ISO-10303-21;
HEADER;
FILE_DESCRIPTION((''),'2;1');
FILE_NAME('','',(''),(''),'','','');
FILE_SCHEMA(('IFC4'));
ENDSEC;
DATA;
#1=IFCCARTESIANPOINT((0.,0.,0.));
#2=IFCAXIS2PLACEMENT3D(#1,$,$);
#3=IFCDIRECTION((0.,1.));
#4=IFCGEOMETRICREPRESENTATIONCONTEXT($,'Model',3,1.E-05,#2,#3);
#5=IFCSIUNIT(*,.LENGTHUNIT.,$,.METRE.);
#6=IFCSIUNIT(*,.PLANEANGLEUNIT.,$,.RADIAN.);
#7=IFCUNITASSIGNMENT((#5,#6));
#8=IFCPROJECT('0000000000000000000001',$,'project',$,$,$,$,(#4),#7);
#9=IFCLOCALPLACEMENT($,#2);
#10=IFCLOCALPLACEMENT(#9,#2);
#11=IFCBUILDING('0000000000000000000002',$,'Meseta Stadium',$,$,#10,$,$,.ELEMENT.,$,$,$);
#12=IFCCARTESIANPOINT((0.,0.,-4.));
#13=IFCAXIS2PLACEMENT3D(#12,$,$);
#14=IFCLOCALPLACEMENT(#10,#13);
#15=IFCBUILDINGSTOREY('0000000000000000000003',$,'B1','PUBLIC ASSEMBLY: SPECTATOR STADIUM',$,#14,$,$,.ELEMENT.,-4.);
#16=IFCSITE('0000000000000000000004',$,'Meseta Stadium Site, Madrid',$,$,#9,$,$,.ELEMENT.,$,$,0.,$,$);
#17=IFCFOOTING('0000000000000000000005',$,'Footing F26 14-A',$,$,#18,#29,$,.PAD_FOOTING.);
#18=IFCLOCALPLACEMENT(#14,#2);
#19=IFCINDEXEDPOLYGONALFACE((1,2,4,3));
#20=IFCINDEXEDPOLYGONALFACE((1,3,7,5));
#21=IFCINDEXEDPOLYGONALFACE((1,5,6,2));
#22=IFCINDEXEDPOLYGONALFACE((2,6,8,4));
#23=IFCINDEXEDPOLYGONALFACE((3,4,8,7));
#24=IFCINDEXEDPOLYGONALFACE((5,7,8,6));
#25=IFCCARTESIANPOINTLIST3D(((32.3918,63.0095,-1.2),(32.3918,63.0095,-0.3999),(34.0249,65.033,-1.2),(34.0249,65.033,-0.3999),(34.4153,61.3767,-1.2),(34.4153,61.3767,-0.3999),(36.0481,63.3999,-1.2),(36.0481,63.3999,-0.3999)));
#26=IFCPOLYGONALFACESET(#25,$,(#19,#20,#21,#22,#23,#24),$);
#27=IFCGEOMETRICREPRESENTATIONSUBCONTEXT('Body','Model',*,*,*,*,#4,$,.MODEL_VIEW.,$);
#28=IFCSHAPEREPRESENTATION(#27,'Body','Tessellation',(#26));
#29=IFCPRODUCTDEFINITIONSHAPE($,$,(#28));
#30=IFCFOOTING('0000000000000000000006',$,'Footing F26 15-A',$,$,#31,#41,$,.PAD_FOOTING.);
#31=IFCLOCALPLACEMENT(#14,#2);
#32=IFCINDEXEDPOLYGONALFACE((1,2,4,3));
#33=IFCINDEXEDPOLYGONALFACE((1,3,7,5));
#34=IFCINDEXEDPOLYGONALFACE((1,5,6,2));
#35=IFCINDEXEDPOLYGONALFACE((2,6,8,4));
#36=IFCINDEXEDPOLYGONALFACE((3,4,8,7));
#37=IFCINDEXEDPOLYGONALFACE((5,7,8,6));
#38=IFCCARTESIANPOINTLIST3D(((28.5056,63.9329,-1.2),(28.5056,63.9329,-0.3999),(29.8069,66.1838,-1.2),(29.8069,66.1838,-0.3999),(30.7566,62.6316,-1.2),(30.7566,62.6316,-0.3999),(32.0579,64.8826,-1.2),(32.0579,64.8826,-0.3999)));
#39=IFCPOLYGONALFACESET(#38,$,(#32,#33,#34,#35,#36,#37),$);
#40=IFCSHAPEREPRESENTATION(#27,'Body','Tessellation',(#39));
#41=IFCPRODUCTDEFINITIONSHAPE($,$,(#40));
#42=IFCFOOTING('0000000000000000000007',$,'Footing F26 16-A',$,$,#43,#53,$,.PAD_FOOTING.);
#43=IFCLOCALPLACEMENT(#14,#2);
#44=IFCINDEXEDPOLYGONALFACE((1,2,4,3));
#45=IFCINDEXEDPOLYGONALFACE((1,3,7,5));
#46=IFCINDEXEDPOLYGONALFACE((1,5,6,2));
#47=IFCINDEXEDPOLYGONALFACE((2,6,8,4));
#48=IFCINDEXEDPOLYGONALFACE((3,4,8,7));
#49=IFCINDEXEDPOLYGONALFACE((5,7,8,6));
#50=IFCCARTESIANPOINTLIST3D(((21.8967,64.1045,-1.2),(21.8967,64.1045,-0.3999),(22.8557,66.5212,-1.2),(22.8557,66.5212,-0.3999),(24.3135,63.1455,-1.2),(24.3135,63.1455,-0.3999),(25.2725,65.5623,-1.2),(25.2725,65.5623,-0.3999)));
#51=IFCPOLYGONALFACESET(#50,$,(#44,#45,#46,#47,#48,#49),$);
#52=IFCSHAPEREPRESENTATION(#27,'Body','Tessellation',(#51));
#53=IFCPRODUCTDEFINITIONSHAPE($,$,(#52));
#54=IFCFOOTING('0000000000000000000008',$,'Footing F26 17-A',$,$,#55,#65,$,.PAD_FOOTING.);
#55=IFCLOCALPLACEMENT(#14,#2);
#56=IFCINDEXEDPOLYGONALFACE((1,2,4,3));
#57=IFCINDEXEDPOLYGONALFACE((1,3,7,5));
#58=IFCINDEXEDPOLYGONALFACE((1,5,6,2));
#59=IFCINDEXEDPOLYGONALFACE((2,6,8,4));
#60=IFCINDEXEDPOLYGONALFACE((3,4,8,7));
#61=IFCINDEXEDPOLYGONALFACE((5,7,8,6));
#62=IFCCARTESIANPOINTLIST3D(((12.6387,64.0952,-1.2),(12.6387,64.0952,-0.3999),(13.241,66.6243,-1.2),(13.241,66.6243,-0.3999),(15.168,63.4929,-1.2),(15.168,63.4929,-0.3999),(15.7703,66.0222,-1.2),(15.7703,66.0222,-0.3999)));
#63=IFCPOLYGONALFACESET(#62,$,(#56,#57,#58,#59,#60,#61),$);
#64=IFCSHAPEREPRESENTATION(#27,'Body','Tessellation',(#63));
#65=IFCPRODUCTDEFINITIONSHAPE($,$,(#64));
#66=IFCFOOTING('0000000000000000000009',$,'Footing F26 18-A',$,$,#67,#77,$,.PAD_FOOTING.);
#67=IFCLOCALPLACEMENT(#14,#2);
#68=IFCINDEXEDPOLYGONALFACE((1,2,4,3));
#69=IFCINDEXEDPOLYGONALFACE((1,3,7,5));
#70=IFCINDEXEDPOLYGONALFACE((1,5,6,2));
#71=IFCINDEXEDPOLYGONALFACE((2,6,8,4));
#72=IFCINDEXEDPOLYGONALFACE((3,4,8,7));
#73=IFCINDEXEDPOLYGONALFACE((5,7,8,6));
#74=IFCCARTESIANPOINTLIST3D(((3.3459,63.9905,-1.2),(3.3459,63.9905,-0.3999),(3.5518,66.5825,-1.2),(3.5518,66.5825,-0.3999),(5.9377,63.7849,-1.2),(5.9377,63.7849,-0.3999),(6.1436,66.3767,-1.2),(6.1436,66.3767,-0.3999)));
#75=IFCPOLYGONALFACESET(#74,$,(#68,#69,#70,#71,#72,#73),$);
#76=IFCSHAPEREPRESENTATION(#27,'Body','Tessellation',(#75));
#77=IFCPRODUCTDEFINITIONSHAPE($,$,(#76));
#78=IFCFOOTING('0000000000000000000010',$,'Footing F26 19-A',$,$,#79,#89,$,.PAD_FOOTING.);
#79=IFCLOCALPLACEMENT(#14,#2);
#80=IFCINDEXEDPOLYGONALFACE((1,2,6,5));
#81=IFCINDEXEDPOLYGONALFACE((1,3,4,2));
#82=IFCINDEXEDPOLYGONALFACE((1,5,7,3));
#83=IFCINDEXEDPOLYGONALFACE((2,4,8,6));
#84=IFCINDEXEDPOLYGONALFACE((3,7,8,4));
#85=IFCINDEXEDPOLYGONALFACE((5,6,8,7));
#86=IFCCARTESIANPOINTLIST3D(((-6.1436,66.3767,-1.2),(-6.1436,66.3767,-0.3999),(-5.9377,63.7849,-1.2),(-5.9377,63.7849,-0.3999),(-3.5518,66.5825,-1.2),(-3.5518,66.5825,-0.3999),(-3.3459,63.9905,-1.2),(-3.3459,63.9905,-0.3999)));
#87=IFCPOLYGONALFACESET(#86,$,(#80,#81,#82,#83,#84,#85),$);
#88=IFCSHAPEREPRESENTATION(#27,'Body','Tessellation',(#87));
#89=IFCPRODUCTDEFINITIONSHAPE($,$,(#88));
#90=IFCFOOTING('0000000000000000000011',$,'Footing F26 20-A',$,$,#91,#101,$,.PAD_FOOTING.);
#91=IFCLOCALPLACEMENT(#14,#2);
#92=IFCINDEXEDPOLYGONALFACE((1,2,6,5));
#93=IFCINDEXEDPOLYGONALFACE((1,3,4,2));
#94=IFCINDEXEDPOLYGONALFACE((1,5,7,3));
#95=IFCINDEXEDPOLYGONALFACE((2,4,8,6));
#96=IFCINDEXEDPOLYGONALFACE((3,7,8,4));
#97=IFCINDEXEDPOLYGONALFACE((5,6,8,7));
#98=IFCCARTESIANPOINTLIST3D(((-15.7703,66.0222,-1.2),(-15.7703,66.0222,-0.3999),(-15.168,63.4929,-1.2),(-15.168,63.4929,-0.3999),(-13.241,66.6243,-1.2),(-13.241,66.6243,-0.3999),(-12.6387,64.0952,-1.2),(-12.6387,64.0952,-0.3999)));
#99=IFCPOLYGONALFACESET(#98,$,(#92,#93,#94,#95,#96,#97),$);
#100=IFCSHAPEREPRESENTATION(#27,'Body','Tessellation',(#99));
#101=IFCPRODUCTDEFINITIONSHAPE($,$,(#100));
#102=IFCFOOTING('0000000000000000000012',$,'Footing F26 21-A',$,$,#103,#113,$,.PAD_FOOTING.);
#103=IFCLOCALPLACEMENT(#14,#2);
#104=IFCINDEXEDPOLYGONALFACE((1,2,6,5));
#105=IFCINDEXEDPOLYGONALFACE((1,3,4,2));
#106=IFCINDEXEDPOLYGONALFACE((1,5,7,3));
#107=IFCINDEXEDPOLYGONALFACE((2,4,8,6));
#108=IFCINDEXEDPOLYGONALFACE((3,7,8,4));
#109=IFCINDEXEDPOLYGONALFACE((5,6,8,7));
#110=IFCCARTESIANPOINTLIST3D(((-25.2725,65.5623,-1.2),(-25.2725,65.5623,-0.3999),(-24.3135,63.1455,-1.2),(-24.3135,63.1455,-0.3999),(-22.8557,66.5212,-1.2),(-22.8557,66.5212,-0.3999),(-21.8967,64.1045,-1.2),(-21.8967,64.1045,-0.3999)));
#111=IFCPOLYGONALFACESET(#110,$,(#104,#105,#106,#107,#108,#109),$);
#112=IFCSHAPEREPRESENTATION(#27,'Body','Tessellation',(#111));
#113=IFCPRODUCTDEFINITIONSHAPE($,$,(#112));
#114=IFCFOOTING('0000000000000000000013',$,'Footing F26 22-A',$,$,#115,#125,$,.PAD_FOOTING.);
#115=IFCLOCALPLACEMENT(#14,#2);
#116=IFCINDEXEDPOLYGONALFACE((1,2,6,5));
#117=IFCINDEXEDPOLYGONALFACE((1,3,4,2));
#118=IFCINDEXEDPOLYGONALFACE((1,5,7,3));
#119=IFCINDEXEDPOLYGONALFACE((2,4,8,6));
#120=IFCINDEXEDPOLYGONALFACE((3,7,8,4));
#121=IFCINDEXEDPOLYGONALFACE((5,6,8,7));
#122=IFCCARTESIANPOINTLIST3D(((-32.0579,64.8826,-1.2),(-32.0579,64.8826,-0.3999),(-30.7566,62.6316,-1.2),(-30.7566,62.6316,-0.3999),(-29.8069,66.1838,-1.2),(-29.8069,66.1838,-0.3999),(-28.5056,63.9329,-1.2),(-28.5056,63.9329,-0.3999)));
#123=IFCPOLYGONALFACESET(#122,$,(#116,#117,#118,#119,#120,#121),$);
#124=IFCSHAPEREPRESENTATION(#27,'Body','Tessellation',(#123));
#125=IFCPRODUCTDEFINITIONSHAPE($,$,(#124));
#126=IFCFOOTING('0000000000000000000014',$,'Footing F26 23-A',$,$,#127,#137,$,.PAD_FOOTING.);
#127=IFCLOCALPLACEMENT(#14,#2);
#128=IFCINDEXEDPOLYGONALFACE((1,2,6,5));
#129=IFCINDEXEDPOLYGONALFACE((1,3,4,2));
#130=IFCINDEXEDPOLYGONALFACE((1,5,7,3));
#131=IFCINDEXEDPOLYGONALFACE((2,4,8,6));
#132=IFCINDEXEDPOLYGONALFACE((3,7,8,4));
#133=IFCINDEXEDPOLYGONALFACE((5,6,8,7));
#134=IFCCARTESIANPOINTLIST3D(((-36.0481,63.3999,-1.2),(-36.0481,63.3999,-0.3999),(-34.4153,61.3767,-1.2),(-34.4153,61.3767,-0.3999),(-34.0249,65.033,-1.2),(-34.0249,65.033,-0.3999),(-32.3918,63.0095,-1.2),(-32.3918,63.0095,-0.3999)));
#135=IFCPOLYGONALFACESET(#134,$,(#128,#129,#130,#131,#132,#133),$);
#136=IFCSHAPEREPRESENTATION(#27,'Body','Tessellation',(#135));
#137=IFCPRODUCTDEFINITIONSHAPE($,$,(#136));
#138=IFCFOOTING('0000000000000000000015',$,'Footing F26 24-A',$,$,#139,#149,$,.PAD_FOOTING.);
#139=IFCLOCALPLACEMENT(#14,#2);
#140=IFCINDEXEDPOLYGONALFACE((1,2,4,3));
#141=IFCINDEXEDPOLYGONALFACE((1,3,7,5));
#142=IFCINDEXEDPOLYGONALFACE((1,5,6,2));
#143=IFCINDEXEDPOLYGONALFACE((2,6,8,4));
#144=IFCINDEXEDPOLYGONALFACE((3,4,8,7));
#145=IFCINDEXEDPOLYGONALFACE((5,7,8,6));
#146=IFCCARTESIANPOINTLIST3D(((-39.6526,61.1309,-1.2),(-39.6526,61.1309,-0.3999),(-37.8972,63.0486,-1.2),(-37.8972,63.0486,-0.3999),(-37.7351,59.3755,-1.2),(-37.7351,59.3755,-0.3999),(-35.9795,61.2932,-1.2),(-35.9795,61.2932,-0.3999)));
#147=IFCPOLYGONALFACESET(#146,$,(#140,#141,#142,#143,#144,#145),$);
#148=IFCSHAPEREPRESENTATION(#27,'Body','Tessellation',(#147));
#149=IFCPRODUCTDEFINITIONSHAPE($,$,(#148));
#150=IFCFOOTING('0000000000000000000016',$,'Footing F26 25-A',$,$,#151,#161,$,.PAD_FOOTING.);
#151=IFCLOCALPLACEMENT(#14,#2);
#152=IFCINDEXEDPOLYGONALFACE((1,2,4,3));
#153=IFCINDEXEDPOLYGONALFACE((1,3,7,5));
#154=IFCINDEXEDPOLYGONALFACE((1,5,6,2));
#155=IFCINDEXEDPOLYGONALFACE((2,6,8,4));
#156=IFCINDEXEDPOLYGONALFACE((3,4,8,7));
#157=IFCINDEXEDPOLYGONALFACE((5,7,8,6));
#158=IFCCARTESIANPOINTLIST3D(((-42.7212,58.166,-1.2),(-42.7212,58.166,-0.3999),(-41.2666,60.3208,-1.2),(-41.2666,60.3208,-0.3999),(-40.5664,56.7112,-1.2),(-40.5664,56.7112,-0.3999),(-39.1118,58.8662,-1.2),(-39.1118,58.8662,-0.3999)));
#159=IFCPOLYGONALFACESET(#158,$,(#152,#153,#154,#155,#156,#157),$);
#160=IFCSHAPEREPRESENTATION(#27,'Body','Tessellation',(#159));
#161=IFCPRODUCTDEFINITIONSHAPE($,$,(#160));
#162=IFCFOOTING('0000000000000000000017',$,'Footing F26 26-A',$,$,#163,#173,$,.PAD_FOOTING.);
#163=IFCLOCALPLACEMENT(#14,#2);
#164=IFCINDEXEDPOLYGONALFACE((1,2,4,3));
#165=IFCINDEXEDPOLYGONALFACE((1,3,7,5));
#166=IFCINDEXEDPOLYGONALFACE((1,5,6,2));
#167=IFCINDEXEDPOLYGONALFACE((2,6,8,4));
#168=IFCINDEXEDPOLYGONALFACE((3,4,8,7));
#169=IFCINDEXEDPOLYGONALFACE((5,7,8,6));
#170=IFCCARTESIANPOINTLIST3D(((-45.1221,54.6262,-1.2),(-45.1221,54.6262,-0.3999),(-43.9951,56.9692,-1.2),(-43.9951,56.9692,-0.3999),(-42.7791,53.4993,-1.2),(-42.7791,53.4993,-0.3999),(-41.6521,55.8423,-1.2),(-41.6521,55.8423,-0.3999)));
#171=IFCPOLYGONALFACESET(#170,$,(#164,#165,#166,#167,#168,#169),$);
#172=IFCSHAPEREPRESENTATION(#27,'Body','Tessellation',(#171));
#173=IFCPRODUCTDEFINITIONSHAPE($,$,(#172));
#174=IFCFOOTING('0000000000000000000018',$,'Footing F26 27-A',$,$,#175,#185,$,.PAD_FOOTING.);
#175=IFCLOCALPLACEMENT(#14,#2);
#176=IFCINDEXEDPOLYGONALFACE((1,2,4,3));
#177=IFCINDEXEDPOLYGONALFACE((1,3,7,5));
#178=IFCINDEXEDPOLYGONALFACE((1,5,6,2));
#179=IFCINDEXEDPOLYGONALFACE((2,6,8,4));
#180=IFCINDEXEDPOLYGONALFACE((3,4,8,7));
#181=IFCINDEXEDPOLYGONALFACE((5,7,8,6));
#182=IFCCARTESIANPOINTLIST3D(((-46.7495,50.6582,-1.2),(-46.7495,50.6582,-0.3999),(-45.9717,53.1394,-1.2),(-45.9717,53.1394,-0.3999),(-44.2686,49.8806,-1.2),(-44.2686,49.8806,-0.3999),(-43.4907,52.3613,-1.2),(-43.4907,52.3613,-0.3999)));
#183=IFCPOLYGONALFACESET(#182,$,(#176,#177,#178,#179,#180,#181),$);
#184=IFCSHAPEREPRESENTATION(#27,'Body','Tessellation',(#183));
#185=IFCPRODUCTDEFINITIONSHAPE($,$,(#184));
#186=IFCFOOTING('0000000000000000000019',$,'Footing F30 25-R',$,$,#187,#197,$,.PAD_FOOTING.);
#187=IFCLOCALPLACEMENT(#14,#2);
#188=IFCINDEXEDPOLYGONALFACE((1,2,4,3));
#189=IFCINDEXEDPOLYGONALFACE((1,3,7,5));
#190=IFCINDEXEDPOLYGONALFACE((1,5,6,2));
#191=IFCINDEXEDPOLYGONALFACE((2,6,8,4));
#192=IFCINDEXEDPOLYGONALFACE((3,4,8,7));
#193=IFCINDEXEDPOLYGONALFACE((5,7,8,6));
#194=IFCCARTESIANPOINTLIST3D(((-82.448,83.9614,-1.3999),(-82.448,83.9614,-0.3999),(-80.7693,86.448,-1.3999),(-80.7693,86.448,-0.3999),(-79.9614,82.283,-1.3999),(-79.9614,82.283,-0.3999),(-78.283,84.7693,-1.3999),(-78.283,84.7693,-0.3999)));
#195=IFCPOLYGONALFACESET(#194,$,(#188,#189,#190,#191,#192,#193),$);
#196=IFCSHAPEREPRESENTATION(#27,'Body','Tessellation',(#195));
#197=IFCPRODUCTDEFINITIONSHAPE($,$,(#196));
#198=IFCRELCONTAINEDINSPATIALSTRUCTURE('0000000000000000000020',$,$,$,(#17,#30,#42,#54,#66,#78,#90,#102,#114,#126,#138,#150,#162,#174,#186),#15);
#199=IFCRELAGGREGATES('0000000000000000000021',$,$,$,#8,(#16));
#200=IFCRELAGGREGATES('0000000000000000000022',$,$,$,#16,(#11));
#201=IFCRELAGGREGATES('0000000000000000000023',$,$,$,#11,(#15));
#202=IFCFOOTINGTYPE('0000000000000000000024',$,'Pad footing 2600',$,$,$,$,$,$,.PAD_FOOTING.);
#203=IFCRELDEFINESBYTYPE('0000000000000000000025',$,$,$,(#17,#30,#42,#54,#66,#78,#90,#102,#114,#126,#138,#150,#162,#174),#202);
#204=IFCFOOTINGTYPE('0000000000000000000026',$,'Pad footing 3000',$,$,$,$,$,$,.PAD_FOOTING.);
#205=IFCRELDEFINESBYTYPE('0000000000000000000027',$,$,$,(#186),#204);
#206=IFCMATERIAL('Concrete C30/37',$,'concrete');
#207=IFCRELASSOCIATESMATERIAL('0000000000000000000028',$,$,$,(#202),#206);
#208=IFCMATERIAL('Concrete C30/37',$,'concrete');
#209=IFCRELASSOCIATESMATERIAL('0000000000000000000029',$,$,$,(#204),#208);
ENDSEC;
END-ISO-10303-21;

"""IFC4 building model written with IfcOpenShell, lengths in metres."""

from ifc_helpers import new_model, si_unit, direction, frame, origin, place, context, subcontext, project, spatial, polyline, outline, extrude, material, type_object, element, save


model = new_model("IFC4")

# Units and contexts
model_context = context("Model", 3, precision=1e-05, world=origin(), true_north=direction((0.0, 1.0)))
body_context = subcontext(model_context, "Body", "Model", "MODEL_VIEW")
ifc_project = project(units=[si_unit("LENGTHUNIT", "METRE"), si_unit("PLANEANGLEUNIT", "RADIAN")], contexts=[model_context])

# Site, building, storey
site_placement = place(None, origin())
site = spatial("IfcSite", under=ifc_project, at=site_placement, Name="Meseta Stadium Site, Madrid", CompositionType="ELEMENT", RefElevation=0.0)
building_placement = place(site_placement, origin())
building = spatial("IfcBuilding", under=site, at=building_placement, Name="Meseta Stadium", CompositionType="ELEMENT")
storey_placement = place(building_placement, frame((0.0, 0.0, -4.0)))
storey = spatial("IfcBuildingStorey", under=building, at=storey_placement, Name="B1", Description="PUBLIC ASSEMBLY: SPECTATOR STADIUM", CompositionType="ELEMENT", Elevation=-4.0)

# Footings
ifc_material_1 = material(Name="Concrete C30/37", Category="concrete")
footing_type_1 = type_object("IfcFootingType", Name="Pad footing 2600", PredefinedType="PAD_FOOTING", material=ifc_material_1)
footing_1_placement = place(storey_placement, frame((0.0, 0.0, -1.2)))
element("IfcFooting", 1, at=footing_1_placement, inside=storey, type_object=footing_type_1, Name="Footing F26 14-A", PredefinedType="PAD_FOOTING", context=body_context, shape_type="SweptSolid", body=[
    extrude(outline(polyline([(34.4153, 61.3767), (36.0481, 63.3999), (34.0249, 65.033), (32.3918, 63.0095), (34.4153, 61.3767)])), origin(), (0.0, 0.0, 1.0), 0.8),
])
footing_2_placement = place(storey_placement, frame((0.0, 0.0, -1.2)))
element("IfcFooting", 2, at=footing_2_placement, inside=storey, type_object=footing_type_1, Name="Footing F26 15-A", PredefinedType="PAD_FOOTING", context=body_context, shape_type="SweptSolid", body=[
    extrude(outline(polyline([(30.7566, 62.6316), (32.0579, 64.8826), (29.8069, 66.1838), (28.5056, 63.9329), (30.7566, 62.6316)])), origin(), (0.0, 0.0, 1.0), 0.8),
])
footing_3_placement = place(storey_placement, frame((0.0, 0.0, -1.2)))
element("IfcFooting", 3, at=footing_3_placement, inside=storey, type_object=footing_type_1, Name="Footing F26 16-A", PredefinedType="PAD_FOOTING", context=body_context, shape_type="SweptSolid", body=[
    extrude(outline(polyline([(24.3135, 63.1455), (25.2725, 65.5623), (22.8557, 66.5212), (21.8967, 64.1045), (24.3135, 63.1455)])), origin(), (0.0, 0.0, 1.0), 0.8),
])
footing_4_placement = place(storey_placement, frame((0.0, 0.0, -1.2)))
element("IfcFooting", 4, at=footing_4_placement, inside=storey, type_object=footing_type_1, Name="Footing F26 17-A", PredefinedType="PAD_FOOTING", context=body_context, shape_type="SweptSolid", body=[
    extrude(outline(polyline([(15.168, 63.4929), (15.7703, 66.0222), (13.241, 66.6243), (12.6387, 64.0952), (15.168, 63.4929)])), origin(), (0.0, 0.0, 1.0), 0.8),
])
footing_5_placement = place(storey_placement, frame((0.0, 0.0, -1.2)))
element("IfcFooting", 5, at=footing_5_placement, inside=storey, type_object=footing_type_1, Name="Footing F26 18-A", PredefinedType="PAD_FOOTING", context=body_context, shape_type="SweptSolid", body=[
    extrude(outline(polyline([(5.9377, 63.7849), (6.1436, 66.3767), (3.5518, 66.5825), (3.3459, 63.9905), (5.9377, 63.7849)])), origin(), (0.0, 0.0, 1.0), 0.8),
])
footing_6_placement = place(storey_placement, frame((0.0, 0.0, -1.2)))
element("IfcFooting", 6, at=footing_6_placement, inside=storey, type_object=footing_type_1, Name="Footing F26 19-A", PredefinedType="PAD_FOOTING", context=body_context, shape_type="SweptSolid", body=[
    extrude(outline(polyline([(-3.3459, 63.9905), (-3.5518, 66.5825), (-6.1436, 66.3767), (-5.9377, 63.7849), (-3.3459, 63.9905)])), origin(), (0.0, 0.0, 1.0), 0.8),
])
footing_7_placement = place(storey_placement, frame((0.0, 0.0, -1.2)))
element("IfcFooting", 7, at=footing_7_placement, inside=storey, type_object=footing_type_1, Name="Footing F26 20-A", PredefinedType="PAD_FOOTING", context=body_context, shape_type="SweptSolid", body=[
    extrude(outline(polyline([(-12.6387, 64.0952), (-13.241, 66.6243), (-15.7703, 66.0222), (-15.168, 63.4929), (-12.6387, 64.0952)])), origin(), (0.0, 0.0, 1.0), 0.8),
])
footing_8_placement = place(storey_placement, frame((0.0, 0.0, -1.2)))
element("IfcFooting", 8, at=footing_8_placement, inside=storey, type_object=footing_type_1, Name="Footing F26 21-A", PredefinedType="PAD_FOOTING", context=body_context, shape_type="SweptSolid", body=[
    extrude(outline(polyline([(-21.8967, 64.1045), (-22.8557, 66.5212), (-25.2725, 65.5623), (-24.3135, 63.1455), (-21.8967, 64.1045)])), origin(), (0.0, 0.0, 1.0), 0.8),
])
footing_9_placement = place(storey_placement, frame((0.0, 0.0, -1.2)))
element("IfcFooting", 9, at=footing_9_placement, inside=storey, type_object=footing_type_1, Name="Footing F26 22-A", PredefinedType="PAD_FOOTING", context=body_context, shape_type="SweptSolid", body=[
    extrude(outline(polyline([(-28.5056, 63.9329), (-29.8069, 66.1838), (-32.0579, 64.8826), (-30.7566, 62.6316), (-28.5056, 63.9329)])), origin(), (0.0, 0.0, 1.0), 0.8),
])
footing_10_placement = place(storey_placement, frame((0.0, 0.0, -1.2)))
element("IfcFooting", 10, at=footing_10_placement, inside=storey, type_object=footing_type_1, Name="Footing F26 23-A", PredefinedType="PAD_FOOTING", context=body_context, shape_type="SweptSolid", body=[
    extrude(outline(polyline([(-32.3918, 63.0095), (-34.0249, 65.033), (-36.0481, 63.3999), (-34.4153, 61.3767), (-32.3918, 63.0095)])), origin(), (0.0, 0.0, 1.0), 0.8),
])
footing_11_placement = place(storey_placement, frame((0.0, 0.0, -1.2)))
element("IfcFooting", 11, at=footing_11_placement, inside=storey, type_object=footing_type_1, Name="Footing F26 24-A", PredefinedType="PAD_FOOTING", context=body_context, shape_type="SweptSolid", body=[
    extrude(outline(polyline([(-35.9795, 61.2932), (-37.8972, 63.0486), (-39.6526, 61.1309), (-37.7351, 59.3755), (-35.9795, 61.2932)])), origin(), (0.0, 0.0, 1.0), 0.8),
])
footing_12_placement = place(storey_placement, frame((0.0, 0.0, -1.2)))
element("IfcFooting", 12, at=footing_12_placement, inside=storey, type_object=footing_type_1, Name="Footing F26 25-A", PredefinedType="PAD_FOOTING", context=body_context, shape_type="SweptSolid", body=[
    extrude(outline(polyline([(-39.1118, 58.8662), (-41.2666, 60.3208), (-42.7212, 58.166), (-40.5664, 56.7112), (-39.1118, 58.8662)])), origin(), (0.0, 0.0, 1.0), 0.8),
])
footing_13_placement = place(storey_placement, frame((0.0, 0.0, -1.2)))
element("IfcFooting", 13, at=footing_13_placement, inside=storey, type_object=footing_type_1, Name="Footing F26 26-A", PredefinedType="PAD_FOOTING", context=body_context, shape_type="SweptSolid", body=[
    extrude(outline(polyline([(-41.6521, 55.8423), (-43.9951, 56.9692), (-45.1221, 54.6262), (-42.7791, 53.4993), (-41.6521, 55.8423)])), origin(), (0.0, 0.0, 1.0), 0.8),
])
footing_14_placement = place(storey_placement, frame((0.0, 0.0, -1.2)))
element("IfcFooting", 14, at=footing_14_placement, inside=storey, type_object=footing_type_1, Name="Footing F26 27-A", PredefinedType="PAD_FOOTING", context=body_context, shape_type="SweptSolid", body=[
    extrude(outline(polyline([(-43.4907, 52.3613), (-45.9717, 53.1394), (-46.7495, 50.6582), (-44.2686, 49.8806), (-43.4907, 52.3613)])), origin(), (0.0, 0.0, 1.0), 0.8),
])
ifc_material_2 = material(Name="Concrete C30/37", Category="concrete")
footing_type_2 = type_object("IfcFootingType", Name="Pad footing 3000", PredefinedType="PAD_FOOTING", material=ifc_material_2)
footing_15_placement = place(storey_placement, frame((0.0, 0.0, -1.3999)))
element("IfcFooting", 15, at=footing_15_placement, inside=storey, type_object=footing_type_2, Name="Footing F30 25-R", PredefinedType="PAD_FOOTING", context=body_context, shape_type="SweptSolid", body=[
    extrude(outline(polyline([(-78.283, 84.7693), (-80.7693, 86.448), (-82.448, 83.9614), (-79.9614, 82.283), (-78.283, 84.7693)])), origin(), (0.0, 0.0, 1.0), 1.0),
])

save(model, "model.ifc")
